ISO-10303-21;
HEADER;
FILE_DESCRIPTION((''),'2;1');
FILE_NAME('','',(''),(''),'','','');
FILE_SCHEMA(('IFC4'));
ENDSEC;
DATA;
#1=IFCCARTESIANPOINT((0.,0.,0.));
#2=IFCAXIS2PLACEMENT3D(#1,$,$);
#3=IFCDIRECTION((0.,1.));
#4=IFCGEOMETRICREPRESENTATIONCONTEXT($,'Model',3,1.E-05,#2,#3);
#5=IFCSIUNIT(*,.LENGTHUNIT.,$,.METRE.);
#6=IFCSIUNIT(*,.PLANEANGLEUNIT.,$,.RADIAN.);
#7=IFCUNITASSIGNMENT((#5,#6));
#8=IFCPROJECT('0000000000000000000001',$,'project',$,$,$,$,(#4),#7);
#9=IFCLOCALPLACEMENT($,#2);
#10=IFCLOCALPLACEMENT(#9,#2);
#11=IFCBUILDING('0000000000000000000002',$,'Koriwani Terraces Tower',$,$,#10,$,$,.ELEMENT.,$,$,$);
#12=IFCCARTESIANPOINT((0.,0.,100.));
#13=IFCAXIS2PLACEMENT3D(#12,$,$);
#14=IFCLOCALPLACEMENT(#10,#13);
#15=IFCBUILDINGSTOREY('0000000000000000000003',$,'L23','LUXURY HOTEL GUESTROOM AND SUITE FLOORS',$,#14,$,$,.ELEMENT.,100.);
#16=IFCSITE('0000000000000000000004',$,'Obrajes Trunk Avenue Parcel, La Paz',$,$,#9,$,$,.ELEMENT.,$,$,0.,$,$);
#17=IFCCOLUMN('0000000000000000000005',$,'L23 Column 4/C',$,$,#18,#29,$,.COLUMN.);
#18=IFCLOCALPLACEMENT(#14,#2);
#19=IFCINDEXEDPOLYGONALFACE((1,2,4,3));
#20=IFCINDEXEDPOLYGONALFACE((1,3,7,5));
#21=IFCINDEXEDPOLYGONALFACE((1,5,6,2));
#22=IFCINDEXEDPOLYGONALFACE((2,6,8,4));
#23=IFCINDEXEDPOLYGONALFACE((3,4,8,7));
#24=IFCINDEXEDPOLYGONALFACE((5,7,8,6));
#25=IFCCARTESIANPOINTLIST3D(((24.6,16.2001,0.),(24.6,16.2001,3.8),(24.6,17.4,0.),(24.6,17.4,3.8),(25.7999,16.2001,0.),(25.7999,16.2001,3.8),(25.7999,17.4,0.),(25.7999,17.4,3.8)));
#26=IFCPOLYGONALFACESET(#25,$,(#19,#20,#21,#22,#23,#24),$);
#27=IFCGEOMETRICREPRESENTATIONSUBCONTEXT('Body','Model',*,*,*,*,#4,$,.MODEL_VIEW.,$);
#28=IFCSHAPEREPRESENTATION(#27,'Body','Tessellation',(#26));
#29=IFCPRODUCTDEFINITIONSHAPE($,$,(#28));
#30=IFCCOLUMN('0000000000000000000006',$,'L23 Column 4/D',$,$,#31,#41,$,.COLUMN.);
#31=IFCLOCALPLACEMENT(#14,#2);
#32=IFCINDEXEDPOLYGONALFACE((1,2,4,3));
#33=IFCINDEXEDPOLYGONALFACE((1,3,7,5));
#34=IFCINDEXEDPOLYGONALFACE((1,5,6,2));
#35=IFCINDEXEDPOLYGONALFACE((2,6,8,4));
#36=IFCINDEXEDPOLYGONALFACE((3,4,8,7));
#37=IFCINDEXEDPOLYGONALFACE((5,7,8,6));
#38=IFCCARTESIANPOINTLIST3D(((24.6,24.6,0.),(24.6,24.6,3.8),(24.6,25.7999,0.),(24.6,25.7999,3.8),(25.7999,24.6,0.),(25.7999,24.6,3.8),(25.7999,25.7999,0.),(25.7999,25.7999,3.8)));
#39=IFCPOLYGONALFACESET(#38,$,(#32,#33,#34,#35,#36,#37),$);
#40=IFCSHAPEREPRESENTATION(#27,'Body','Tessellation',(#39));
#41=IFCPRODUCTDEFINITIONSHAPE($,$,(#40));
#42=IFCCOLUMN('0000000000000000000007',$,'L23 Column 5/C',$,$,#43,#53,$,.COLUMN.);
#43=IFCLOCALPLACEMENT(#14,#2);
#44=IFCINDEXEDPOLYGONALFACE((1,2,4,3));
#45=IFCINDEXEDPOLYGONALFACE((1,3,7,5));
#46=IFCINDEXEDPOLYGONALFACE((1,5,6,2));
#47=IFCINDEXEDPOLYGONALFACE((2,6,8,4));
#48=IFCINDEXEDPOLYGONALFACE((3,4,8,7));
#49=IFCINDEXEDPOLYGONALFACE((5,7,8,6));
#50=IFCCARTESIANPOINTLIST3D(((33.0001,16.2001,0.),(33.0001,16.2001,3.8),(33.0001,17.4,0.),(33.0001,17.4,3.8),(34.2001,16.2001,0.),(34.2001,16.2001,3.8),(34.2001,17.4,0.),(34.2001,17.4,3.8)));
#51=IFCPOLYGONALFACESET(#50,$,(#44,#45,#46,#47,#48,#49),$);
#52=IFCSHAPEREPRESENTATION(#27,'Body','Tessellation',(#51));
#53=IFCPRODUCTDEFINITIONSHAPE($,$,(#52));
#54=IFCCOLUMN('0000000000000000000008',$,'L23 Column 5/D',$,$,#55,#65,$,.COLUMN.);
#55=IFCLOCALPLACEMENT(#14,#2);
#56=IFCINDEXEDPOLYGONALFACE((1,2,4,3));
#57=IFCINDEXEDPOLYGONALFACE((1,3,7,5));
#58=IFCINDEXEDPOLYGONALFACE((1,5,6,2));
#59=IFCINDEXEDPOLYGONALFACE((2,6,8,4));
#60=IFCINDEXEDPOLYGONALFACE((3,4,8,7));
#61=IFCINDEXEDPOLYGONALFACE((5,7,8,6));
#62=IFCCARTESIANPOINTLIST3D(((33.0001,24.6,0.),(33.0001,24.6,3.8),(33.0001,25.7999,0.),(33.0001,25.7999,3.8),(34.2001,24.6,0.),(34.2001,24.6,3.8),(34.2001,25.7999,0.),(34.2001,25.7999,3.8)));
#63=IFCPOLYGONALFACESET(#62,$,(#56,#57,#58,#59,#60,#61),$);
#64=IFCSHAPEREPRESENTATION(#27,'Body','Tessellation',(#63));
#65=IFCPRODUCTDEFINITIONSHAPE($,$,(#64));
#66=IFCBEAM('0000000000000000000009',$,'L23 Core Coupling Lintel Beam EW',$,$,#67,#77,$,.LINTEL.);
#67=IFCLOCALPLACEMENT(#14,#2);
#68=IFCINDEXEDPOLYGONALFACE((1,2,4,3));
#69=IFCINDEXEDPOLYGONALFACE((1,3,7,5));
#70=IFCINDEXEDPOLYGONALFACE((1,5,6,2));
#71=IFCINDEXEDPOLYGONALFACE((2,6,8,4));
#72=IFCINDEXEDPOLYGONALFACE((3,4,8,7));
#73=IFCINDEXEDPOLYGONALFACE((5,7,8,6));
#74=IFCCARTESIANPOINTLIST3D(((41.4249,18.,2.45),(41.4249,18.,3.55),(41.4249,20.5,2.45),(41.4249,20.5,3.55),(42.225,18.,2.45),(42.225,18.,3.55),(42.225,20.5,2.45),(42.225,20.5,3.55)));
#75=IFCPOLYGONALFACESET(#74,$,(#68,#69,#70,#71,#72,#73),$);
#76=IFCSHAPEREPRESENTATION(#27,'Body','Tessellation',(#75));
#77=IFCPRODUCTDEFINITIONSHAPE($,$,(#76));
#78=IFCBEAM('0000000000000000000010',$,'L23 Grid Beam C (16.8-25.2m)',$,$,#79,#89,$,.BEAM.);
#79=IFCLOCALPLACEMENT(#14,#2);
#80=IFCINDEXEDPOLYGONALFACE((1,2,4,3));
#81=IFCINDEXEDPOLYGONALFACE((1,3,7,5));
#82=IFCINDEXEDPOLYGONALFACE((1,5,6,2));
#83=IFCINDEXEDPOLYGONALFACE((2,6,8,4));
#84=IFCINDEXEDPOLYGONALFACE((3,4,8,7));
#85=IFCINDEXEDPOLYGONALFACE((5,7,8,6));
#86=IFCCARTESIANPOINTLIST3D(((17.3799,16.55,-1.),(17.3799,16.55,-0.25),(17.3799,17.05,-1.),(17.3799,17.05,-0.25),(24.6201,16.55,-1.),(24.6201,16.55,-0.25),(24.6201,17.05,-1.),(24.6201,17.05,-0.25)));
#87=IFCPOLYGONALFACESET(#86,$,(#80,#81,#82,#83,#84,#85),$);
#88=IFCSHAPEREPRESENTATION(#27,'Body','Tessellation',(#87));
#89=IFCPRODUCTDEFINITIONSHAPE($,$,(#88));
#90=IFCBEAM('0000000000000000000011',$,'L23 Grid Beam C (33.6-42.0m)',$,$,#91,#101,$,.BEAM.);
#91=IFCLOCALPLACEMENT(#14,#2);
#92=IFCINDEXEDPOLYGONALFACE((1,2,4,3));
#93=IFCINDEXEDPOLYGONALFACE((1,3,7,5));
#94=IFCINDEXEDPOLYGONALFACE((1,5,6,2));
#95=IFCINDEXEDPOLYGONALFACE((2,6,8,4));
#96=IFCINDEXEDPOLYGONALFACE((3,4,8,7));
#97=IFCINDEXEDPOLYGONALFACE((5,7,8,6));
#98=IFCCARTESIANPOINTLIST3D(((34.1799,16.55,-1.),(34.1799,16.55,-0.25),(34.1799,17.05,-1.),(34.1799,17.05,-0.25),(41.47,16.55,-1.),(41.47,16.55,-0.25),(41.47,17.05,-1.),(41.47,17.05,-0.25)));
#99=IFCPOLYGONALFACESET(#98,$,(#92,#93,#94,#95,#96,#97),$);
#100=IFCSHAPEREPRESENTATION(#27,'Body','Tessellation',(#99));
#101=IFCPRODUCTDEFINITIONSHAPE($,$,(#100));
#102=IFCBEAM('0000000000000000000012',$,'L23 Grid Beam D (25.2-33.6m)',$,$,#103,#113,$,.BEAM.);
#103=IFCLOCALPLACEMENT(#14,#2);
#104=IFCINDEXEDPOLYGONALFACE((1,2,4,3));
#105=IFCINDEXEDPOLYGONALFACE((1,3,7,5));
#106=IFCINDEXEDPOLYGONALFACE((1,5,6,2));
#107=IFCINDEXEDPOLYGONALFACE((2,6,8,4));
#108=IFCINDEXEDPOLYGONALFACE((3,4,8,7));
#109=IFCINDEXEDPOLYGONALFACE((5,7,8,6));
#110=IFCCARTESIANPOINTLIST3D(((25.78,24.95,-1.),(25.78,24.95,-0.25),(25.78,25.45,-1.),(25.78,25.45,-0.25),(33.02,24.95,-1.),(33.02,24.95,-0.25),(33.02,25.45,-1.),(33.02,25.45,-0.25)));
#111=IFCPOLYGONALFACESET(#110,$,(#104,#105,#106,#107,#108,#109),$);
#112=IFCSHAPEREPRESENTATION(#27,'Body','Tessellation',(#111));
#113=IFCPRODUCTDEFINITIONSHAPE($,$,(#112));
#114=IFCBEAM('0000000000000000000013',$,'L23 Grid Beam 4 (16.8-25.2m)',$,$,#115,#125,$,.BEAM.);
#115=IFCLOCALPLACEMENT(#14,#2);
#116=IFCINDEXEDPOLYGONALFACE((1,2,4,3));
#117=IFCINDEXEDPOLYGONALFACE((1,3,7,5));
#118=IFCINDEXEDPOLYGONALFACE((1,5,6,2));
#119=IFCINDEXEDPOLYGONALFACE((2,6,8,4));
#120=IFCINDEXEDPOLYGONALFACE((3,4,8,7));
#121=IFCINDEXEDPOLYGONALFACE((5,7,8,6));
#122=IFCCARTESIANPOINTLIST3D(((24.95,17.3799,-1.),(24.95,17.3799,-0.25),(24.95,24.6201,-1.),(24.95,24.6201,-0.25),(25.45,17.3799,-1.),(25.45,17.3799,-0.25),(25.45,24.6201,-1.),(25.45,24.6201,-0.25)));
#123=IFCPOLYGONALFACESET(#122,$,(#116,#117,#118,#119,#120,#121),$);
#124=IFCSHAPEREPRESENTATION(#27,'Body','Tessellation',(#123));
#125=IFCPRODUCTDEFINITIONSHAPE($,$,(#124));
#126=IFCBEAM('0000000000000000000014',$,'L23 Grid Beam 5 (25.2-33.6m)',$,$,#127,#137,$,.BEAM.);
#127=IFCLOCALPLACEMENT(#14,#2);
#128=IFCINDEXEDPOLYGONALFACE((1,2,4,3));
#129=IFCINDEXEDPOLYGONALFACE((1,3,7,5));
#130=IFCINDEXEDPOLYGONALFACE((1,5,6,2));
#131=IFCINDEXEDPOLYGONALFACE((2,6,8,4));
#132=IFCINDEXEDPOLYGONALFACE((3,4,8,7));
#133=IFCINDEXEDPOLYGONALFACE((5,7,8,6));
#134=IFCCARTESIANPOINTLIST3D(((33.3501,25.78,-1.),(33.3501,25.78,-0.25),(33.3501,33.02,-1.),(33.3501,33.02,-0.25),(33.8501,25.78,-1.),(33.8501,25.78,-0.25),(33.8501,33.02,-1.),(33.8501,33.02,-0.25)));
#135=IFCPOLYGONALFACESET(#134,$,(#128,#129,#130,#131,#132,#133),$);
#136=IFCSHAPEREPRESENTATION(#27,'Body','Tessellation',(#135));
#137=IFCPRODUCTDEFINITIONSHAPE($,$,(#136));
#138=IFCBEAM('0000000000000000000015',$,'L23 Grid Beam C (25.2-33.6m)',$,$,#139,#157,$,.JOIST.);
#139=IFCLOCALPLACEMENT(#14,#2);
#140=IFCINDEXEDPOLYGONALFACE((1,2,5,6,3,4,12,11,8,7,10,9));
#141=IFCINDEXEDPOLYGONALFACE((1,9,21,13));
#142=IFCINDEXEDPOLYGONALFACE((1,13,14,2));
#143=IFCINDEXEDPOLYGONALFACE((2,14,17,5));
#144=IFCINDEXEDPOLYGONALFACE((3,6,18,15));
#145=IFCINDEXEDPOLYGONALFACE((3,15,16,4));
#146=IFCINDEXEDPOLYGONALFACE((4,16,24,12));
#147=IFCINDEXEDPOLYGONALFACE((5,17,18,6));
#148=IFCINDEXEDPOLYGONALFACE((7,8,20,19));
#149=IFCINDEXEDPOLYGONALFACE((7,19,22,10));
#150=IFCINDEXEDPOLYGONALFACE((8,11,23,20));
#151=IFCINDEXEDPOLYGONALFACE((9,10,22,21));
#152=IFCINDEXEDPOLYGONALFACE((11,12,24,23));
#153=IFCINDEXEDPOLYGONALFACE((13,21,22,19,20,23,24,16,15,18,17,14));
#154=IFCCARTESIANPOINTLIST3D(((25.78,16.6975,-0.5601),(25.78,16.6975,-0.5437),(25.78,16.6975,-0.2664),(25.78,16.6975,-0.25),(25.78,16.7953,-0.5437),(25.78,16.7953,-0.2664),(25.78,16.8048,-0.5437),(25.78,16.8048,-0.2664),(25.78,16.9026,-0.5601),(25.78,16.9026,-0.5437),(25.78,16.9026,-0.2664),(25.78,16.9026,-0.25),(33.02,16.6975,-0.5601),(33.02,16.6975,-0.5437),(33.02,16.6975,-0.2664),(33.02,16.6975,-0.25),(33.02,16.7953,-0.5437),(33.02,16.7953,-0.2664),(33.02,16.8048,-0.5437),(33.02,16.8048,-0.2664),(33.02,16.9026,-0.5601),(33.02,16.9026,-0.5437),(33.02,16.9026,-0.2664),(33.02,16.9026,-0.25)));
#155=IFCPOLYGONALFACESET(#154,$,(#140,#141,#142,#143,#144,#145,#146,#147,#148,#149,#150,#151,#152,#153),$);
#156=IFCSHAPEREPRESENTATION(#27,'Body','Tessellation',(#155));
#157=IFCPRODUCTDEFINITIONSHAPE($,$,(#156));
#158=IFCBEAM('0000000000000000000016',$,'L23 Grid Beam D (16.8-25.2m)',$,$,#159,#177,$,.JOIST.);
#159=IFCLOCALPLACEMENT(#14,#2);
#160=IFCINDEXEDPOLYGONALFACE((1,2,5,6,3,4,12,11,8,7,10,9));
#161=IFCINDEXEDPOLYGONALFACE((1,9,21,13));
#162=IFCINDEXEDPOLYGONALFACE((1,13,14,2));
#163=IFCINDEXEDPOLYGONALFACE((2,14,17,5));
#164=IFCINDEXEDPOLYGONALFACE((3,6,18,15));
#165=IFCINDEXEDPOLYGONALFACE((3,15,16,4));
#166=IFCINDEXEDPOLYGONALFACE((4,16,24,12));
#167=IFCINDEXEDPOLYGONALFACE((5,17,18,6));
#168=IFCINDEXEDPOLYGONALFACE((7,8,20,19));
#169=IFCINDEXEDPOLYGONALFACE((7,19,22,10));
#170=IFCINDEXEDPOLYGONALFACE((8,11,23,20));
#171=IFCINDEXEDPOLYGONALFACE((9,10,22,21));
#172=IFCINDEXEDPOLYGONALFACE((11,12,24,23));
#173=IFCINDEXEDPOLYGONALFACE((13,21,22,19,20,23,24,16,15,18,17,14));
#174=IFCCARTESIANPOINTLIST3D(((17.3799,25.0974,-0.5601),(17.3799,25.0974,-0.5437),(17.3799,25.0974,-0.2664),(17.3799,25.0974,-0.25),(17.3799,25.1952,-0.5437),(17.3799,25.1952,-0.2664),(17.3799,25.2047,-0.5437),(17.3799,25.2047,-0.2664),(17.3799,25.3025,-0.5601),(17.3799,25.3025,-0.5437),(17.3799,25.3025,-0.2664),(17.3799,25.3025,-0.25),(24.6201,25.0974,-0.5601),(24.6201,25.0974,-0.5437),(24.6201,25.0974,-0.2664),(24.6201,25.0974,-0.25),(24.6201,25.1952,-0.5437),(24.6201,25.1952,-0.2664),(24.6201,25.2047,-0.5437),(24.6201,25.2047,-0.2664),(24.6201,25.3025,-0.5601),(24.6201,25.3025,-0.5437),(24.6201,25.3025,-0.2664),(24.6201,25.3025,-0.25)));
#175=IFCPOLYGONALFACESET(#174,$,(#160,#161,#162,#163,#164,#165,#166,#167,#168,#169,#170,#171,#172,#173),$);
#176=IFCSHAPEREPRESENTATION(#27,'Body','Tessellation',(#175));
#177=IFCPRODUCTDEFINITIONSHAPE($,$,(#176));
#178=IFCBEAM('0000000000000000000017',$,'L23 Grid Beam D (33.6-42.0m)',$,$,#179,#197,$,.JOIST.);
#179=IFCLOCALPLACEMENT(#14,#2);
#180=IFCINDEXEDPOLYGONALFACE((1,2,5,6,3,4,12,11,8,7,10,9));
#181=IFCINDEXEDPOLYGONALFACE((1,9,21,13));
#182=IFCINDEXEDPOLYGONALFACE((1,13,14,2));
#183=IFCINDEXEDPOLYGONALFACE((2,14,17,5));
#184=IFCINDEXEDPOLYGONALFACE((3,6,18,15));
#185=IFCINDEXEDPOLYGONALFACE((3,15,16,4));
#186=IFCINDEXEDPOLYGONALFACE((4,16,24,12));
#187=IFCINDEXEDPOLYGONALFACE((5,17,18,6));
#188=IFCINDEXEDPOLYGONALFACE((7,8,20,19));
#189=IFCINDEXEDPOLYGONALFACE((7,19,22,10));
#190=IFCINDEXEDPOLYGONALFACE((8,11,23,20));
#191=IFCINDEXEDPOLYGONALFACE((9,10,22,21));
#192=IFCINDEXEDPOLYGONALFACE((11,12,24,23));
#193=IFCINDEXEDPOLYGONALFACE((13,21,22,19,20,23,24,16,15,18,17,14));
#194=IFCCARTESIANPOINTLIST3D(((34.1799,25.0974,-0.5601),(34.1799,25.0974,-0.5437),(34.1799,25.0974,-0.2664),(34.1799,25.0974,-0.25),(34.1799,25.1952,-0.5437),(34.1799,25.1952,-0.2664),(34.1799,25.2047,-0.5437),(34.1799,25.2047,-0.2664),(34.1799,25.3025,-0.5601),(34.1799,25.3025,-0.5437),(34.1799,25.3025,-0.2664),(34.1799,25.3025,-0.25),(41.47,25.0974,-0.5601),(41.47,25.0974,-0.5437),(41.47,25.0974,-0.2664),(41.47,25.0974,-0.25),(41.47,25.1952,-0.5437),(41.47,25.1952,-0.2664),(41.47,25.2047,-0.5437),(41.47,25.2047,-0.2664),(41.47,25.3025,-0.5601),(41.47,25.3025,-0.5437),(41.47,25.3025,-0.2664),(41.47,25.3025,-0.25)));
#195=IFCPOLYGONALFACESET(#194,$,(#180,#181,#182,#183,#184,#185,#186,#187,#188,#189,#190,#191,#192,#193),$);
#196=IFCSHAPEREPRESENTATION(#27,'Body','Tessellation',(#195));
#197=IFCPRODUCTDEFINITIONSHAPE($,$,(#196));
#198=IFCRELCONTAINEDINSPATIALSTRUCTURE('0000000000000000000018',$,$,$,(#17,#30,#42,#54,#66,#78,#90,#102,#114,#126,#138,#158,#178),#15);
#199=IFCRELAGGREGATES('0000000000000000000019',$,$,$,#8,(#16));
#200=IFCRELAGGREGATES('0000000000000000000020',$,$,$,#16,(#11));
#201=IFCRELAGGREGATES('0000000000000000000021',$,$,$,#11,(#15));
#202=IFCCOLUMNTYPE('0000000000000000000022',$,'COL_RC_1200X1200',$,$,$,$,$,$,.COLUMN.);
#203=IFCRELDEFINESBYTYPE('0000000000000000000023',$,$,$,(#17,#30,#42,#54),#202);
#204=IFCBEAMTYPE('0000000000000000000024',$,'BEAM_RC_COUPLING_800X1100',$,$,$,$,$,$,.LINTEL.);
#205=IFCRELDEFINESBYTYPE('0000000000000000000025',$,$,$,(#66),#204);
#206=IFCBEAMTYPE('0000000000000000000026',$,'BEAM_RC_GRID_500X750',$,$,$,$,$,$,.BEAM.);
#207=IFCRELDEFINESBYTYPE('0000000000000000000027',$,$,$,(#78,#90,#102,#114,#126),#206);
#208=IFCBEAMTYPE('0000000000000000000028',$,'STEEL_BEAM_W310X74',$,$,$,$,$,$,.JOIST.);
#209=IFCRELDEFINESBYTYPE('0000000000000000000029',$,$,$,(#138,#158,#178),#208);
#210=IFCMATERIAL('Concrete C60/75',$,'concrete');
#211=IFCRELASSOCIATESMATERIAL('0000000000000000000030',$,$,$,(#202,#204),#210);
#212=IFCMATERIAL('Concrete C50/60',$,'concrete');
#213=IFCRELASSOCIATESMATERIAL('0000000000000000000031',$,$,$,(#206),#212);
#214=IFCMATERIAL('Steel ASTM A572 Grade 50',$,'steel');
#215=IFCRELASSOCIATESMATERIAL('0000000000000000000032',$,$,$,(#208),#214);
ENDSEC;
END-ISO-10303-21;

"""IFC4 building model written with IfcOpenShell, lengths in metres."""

from ifc_helpers import new_model, si_unit, direction, frame, origin, origin_2d, place, context, subcontext, project, spatial, rectangle, i_section, extrude, material, material_profile, profile_set, type_object, element, save


model = new_model("IFC4")

# Units and contexts
model_context = context("Model", 3, precision=1e-05, world=origin(), true_north=direction((0.0, 1.0)))
body_context = subcontext(model_context, "Body", "Model", "MODEL_VIEW")
ifc_project = project(units=[si_unit("LENGTHUNIT", "METRE"), si_unit("PLANEANGLEUNIT", "RADIAN")], contexts=[model_context])

# Site, building, storey
site_placement = place(None, origin())
site = spatial("IfcSite", under=ifc_project, at=site_placement, Name="Obrajes Trunk Avenue Parcel, La Paz", CompositionType="ELEMENT", RefElevation=0.0)
building_placement = place(site_placement, origin())
building = spatial("IfcBuilding", under=site, at=building_placement, Name="Koriwani Terraces Tower", CompositionType="ELEMENT")
storey_placement = place(building_placement, frame((0.0, 0.0, 100.0)))
storey = spatial("IfcBuildingStorey", under=building, at=storey_placement, Name="L23", Description="LUXURY HOTEL GUESTROOM AND SUITE FLOORS", CompositionType="ELEMENT", Elevation=100.0)

# Columns
ifc_material_1 = material(Name="Concrete C60/75", Category="concrete")
ifc_material_profile_1 = material_profile(ifc_material_1, rectangle(XDim=1.2, YDim=1.2, at=origin_2d()), Name="Concrete C60/75", Category="LoadBearing")
ifc_profile_set_1 = profile_set([ifc_material_profile_1], Name="Concrete C60/75")
column_type = type_object("IfcColumnType", Name="COL_RC_1200X1200", PredefinedType="COLUMN", material=ifc_profile_set_1)
for number, where, z_axis, x_axis, name in (
    (1, (25.2, 16.8, 0.0), (0.0, 0.0, 1.0), (1.0, 0.0, 0.0), "L23 Column 4/C"),
    (2, (25.2, 25.2, 0.0), (0.0, 0.0, 1.0), (1.0, 0.0, 0.0), "L23 Column 4/D"),
    (3, (33.6001, 16.8, 0.0), (0.0, 0.0, 1.0), (1.0, 0.0, 0.0), "L23 Column 5/C"),
    (4, (33.6001, 25.2, 0.0), (0.0, 0.0, 1.0), (1.0, 0.0, 0.0), "L23 Column 5/D"),
):
    element("IfcColumn", number, at=place(storey_placement, frame(where, z_axis=z_axis, x_axis=x_axis)), inside=storey, type_object=column_type, Name=name, PredefinedType="COLUMN", context=body_context, shape_type="SweptSolid", body=[
        extrude(rectangle(XDim=1.2, YDim=1.2, at=origin_2d()), origin(), (0.0, 0.0, 1.0), 3.8),
    ])

# Beams
ifc_material_profile_2 = material_profile(ifc_material_1, rectangle(XDim=0.8, YDim=1.1001, at=origin_2d()), Name="Concrete C60/75", Category="LoadBearing")
ifc_profile_set_2 = profile_set([ifc_material_profile_2], Name="Concrete C60/75")
beam_type_1 = type_object("IfcBeamType", Name="BEAM_RC_COUPLING_800X1100", PredefinedType="LINTEL", material=ifc_profile_set_2)
beam_1_placement = place(storey_placement, frame((41.825, 18.0, 3.0), z_axis=(0.0, 1.0, 0.0), x_axis=(-1.0, 0.0, 0.0)))
element("IfcBeam", 5, at=beam_1_placement, inside=storey, type_object=beam_type_1, Name="L23 Core Coupling Lintel Beam EW", PredefinedType="LINTEL", context=body_context, shape_type="SweptSolid", body=[
    extrude(rectangle(XDim=0.8, YDim=1.1001, at=origin_2d()), origin(), (0.0, 0.0, 1.0), 2.5),
])
ifc_material_2 = material(Name="Concrete C50/60", Category="concrete")
ifc_material_profile_3 = material_profile(ifc_material_2, rectangle(XDim=0.5, YDim=0.75, at=origin_2d()), Name="Concrete C50/60", Category="LoadBearing")
ifc_profile_set_3 = profile_set([ifc_material_profile_3], Name="Concrete C50/60")
beam_type_2 = type_object("IfcBeamType", Name="BEAM_RC_GRID_500X750", PredefinedType="BEAM", material=ifc_profile_set_3)
beam_2_placement = place(storey_placement, frame((17.3799, 16.8, -0.625), z_axis=(1.0, 0.0, 0.0), x_axis=(0.0, 1.0, 0.0)))
element("IfcBeam", 6, at=beam_2_placement, inside=storey, type_object=beam_type_2, Name="L23 Grid Beam C (16.8-25.2m)", PredefinedType="BEAM", context=body_context, shape_type="SweptSolid", body=[
    extrude(rectangle(XDim=0.5, YDim=0.75, at=origin_2d()), origin(), (0.0, 0.0, 1.0), 7.2402),
])
beam_3_placement = place(storey_placement, frame((34.1799, 16.8, -0.625), z_axis=(1.0, 0.0, 0.0), x_axis=(0.0, 1.0, 0.0)))
element("IfcBeam", 7, at=beam_3_placement, inside=storey, type_object=beam_type_2, Name="L23 Grid Beam C (33.6-42.0m)", PredefinedType="BEAM", context=body_context, shape_type="SweptSolid", body=[
    extrude(rectangle(XDim=0.5, YDim=0.75, at=origin_2d()), origin(), (0.0, 0.0, 1.0), 7.29),
])
beam_4_placement = place(storey_placement, frame((25.78, 25.2, -0.625), z_axis=(1.0, 0.0, 0.0), x_axis=(0.0, 1.0, 0.0)))
element("IfcBeam", 8, at=beam_4_placement, inside=storey, type_object=beam_type_2, Name="L23 Grid Beam D (25.2-33.6m)", PredefinedType="BEAM", context=body_context, shape_type="SweptSolid", body=[
    extrude(rectangle(XDim=0.5, YDim=0.75, at=origin_2d()), origin(), (0.0, 0.0, 1.0), 7.24),
])
beam_5_placement = place(storey_placement, frame((25.2, 17.3799, -0.625), z_axis=(0.0, 1.0, 0.0), x_axis=(-1.0, 0.0, 0.0)))
element("IfcBeam", 9, at=beam_5_placement, inside=storey, type_object=beam_type_2, Name="L23 Grid Beam 4 (16.8-25.2m)", PredefinedType="BEAM", context=body_context, shape_type="SweptSolid", body=[
    extrude(rectangle(XDim=0.5, YDim=0.75, at=origin_2d()), origin(), (0.0, 0.0, 1.0), 7.2402),
])
beam_6_placement = place(storey_placement, frame((33.6001, 25.78, -0.625), z_axis=(0.0, 1.0, 0.0), x_axis=(-1.0, 0.0, 0.0)))
element("IfcBeam", 10, at=beam_6_placement, inside=storey, type_object=beam_type_2, Name="L23 Grid Beam 5 (25.2-33.6m)", PredefinedType="BEAM", context=body_context, shape_type="SweptSolid", body=[
    extrude(rectangle(XDim=0.5, YDim=0.75, at=origin_2d()), origin(), (0.0, 0.0, 1.0), 7.24),
])
ifc_material_3 = material(Name="Steel ASTM A572 Grade 50", Category="steel")
ifc_material_profile_4 = material_profile(ifc_material_3, i_section(OverallWidth=0.2051, OverallDepth=0.3101, WebThickness=0.0095, FlangeThickness=0.0164, at=origin_2d()), Name="Steel ASTM A572 Grade 50", Category="LoadBearing")
ifc_profile_set_4 = profile_set([ifc_material_profile_4], Name="Steel ASTM A572 Grade 50")
beam_type_3 = type_object("IfcBeamType", Name="STEEL_BEAM_W310X74", PredefinedType="JOIST", material=ifc_profile_set_4)
beam_7_placement = place(storey_placement, frame((25.78, 16.8, -0.405), z_axis=(1.0, 0.0, 0.0), x_axis=(0.0, 1.0, 0.0)))
element("IfcBeam", 11, at=beam_7_placement, inside=storey, type_object=beam_type_3, Name="L23 Grid Beam C (25.2-33.6m)", PredefinedType="JOIST", context=body_context, shape_type="SweptSolid", body=[
    extrude(i_section(OverallWidth=0.2051, OverallDepth=0.3101, WebThickness=0.0095, FlangeThickness=0.0164, at=origin_2d()), origin(), (0.0, 0.0, 1.0), 7.24),
])
beam_8_placement = place(storey_placement, frame((17.3799, 25.2, -0.405), z_axis=(1.0, 0.0, 0.0), x_axis=(0.0, 1.0, 0.0)))
element("IfcBeam", 12, at=beam_8_placement, inside=storey, type_object=beam_type_3, Name="L23 Grid Beam D (16.8-25.2m)", PredefinedType="JOIST", context=body_context, shape_type="SweptSolid", body=[
    extrude(i_section(OverallWidth=0.2051, OverallDepth=0.3101, WebThickness=0.0095, FlangeThickness=0.0164, at=origin_2d()), origin(), (0.0, 0.0, 1.0), 7.2402),
])
beam_9_placement = place(storey_placement, frame((34.1799, 25.2, -0.405), z_axis=(1.0, 0.0, 0.0), x_axis=(0.0, 1.0, 0.0)))
element("IfcBeam", 13, at=beam_9_placement, inside=storey, type_object=beam_type_3, Name="L23 Grid Beam D (33.6-42.0m)", PredefinedType="JOIST", context=body_context, shape_type="SweptSolid", body=[
    extrude(i_section(OverallWidth=0.2051, OverallDepth=0.3101, WebThickness=0.0095, FlangeThickness=0.0164, at=origin_2d()), origin(), (0.0, 0.0, 1.0), 7.29),
])

save(model, "model.ifc")
